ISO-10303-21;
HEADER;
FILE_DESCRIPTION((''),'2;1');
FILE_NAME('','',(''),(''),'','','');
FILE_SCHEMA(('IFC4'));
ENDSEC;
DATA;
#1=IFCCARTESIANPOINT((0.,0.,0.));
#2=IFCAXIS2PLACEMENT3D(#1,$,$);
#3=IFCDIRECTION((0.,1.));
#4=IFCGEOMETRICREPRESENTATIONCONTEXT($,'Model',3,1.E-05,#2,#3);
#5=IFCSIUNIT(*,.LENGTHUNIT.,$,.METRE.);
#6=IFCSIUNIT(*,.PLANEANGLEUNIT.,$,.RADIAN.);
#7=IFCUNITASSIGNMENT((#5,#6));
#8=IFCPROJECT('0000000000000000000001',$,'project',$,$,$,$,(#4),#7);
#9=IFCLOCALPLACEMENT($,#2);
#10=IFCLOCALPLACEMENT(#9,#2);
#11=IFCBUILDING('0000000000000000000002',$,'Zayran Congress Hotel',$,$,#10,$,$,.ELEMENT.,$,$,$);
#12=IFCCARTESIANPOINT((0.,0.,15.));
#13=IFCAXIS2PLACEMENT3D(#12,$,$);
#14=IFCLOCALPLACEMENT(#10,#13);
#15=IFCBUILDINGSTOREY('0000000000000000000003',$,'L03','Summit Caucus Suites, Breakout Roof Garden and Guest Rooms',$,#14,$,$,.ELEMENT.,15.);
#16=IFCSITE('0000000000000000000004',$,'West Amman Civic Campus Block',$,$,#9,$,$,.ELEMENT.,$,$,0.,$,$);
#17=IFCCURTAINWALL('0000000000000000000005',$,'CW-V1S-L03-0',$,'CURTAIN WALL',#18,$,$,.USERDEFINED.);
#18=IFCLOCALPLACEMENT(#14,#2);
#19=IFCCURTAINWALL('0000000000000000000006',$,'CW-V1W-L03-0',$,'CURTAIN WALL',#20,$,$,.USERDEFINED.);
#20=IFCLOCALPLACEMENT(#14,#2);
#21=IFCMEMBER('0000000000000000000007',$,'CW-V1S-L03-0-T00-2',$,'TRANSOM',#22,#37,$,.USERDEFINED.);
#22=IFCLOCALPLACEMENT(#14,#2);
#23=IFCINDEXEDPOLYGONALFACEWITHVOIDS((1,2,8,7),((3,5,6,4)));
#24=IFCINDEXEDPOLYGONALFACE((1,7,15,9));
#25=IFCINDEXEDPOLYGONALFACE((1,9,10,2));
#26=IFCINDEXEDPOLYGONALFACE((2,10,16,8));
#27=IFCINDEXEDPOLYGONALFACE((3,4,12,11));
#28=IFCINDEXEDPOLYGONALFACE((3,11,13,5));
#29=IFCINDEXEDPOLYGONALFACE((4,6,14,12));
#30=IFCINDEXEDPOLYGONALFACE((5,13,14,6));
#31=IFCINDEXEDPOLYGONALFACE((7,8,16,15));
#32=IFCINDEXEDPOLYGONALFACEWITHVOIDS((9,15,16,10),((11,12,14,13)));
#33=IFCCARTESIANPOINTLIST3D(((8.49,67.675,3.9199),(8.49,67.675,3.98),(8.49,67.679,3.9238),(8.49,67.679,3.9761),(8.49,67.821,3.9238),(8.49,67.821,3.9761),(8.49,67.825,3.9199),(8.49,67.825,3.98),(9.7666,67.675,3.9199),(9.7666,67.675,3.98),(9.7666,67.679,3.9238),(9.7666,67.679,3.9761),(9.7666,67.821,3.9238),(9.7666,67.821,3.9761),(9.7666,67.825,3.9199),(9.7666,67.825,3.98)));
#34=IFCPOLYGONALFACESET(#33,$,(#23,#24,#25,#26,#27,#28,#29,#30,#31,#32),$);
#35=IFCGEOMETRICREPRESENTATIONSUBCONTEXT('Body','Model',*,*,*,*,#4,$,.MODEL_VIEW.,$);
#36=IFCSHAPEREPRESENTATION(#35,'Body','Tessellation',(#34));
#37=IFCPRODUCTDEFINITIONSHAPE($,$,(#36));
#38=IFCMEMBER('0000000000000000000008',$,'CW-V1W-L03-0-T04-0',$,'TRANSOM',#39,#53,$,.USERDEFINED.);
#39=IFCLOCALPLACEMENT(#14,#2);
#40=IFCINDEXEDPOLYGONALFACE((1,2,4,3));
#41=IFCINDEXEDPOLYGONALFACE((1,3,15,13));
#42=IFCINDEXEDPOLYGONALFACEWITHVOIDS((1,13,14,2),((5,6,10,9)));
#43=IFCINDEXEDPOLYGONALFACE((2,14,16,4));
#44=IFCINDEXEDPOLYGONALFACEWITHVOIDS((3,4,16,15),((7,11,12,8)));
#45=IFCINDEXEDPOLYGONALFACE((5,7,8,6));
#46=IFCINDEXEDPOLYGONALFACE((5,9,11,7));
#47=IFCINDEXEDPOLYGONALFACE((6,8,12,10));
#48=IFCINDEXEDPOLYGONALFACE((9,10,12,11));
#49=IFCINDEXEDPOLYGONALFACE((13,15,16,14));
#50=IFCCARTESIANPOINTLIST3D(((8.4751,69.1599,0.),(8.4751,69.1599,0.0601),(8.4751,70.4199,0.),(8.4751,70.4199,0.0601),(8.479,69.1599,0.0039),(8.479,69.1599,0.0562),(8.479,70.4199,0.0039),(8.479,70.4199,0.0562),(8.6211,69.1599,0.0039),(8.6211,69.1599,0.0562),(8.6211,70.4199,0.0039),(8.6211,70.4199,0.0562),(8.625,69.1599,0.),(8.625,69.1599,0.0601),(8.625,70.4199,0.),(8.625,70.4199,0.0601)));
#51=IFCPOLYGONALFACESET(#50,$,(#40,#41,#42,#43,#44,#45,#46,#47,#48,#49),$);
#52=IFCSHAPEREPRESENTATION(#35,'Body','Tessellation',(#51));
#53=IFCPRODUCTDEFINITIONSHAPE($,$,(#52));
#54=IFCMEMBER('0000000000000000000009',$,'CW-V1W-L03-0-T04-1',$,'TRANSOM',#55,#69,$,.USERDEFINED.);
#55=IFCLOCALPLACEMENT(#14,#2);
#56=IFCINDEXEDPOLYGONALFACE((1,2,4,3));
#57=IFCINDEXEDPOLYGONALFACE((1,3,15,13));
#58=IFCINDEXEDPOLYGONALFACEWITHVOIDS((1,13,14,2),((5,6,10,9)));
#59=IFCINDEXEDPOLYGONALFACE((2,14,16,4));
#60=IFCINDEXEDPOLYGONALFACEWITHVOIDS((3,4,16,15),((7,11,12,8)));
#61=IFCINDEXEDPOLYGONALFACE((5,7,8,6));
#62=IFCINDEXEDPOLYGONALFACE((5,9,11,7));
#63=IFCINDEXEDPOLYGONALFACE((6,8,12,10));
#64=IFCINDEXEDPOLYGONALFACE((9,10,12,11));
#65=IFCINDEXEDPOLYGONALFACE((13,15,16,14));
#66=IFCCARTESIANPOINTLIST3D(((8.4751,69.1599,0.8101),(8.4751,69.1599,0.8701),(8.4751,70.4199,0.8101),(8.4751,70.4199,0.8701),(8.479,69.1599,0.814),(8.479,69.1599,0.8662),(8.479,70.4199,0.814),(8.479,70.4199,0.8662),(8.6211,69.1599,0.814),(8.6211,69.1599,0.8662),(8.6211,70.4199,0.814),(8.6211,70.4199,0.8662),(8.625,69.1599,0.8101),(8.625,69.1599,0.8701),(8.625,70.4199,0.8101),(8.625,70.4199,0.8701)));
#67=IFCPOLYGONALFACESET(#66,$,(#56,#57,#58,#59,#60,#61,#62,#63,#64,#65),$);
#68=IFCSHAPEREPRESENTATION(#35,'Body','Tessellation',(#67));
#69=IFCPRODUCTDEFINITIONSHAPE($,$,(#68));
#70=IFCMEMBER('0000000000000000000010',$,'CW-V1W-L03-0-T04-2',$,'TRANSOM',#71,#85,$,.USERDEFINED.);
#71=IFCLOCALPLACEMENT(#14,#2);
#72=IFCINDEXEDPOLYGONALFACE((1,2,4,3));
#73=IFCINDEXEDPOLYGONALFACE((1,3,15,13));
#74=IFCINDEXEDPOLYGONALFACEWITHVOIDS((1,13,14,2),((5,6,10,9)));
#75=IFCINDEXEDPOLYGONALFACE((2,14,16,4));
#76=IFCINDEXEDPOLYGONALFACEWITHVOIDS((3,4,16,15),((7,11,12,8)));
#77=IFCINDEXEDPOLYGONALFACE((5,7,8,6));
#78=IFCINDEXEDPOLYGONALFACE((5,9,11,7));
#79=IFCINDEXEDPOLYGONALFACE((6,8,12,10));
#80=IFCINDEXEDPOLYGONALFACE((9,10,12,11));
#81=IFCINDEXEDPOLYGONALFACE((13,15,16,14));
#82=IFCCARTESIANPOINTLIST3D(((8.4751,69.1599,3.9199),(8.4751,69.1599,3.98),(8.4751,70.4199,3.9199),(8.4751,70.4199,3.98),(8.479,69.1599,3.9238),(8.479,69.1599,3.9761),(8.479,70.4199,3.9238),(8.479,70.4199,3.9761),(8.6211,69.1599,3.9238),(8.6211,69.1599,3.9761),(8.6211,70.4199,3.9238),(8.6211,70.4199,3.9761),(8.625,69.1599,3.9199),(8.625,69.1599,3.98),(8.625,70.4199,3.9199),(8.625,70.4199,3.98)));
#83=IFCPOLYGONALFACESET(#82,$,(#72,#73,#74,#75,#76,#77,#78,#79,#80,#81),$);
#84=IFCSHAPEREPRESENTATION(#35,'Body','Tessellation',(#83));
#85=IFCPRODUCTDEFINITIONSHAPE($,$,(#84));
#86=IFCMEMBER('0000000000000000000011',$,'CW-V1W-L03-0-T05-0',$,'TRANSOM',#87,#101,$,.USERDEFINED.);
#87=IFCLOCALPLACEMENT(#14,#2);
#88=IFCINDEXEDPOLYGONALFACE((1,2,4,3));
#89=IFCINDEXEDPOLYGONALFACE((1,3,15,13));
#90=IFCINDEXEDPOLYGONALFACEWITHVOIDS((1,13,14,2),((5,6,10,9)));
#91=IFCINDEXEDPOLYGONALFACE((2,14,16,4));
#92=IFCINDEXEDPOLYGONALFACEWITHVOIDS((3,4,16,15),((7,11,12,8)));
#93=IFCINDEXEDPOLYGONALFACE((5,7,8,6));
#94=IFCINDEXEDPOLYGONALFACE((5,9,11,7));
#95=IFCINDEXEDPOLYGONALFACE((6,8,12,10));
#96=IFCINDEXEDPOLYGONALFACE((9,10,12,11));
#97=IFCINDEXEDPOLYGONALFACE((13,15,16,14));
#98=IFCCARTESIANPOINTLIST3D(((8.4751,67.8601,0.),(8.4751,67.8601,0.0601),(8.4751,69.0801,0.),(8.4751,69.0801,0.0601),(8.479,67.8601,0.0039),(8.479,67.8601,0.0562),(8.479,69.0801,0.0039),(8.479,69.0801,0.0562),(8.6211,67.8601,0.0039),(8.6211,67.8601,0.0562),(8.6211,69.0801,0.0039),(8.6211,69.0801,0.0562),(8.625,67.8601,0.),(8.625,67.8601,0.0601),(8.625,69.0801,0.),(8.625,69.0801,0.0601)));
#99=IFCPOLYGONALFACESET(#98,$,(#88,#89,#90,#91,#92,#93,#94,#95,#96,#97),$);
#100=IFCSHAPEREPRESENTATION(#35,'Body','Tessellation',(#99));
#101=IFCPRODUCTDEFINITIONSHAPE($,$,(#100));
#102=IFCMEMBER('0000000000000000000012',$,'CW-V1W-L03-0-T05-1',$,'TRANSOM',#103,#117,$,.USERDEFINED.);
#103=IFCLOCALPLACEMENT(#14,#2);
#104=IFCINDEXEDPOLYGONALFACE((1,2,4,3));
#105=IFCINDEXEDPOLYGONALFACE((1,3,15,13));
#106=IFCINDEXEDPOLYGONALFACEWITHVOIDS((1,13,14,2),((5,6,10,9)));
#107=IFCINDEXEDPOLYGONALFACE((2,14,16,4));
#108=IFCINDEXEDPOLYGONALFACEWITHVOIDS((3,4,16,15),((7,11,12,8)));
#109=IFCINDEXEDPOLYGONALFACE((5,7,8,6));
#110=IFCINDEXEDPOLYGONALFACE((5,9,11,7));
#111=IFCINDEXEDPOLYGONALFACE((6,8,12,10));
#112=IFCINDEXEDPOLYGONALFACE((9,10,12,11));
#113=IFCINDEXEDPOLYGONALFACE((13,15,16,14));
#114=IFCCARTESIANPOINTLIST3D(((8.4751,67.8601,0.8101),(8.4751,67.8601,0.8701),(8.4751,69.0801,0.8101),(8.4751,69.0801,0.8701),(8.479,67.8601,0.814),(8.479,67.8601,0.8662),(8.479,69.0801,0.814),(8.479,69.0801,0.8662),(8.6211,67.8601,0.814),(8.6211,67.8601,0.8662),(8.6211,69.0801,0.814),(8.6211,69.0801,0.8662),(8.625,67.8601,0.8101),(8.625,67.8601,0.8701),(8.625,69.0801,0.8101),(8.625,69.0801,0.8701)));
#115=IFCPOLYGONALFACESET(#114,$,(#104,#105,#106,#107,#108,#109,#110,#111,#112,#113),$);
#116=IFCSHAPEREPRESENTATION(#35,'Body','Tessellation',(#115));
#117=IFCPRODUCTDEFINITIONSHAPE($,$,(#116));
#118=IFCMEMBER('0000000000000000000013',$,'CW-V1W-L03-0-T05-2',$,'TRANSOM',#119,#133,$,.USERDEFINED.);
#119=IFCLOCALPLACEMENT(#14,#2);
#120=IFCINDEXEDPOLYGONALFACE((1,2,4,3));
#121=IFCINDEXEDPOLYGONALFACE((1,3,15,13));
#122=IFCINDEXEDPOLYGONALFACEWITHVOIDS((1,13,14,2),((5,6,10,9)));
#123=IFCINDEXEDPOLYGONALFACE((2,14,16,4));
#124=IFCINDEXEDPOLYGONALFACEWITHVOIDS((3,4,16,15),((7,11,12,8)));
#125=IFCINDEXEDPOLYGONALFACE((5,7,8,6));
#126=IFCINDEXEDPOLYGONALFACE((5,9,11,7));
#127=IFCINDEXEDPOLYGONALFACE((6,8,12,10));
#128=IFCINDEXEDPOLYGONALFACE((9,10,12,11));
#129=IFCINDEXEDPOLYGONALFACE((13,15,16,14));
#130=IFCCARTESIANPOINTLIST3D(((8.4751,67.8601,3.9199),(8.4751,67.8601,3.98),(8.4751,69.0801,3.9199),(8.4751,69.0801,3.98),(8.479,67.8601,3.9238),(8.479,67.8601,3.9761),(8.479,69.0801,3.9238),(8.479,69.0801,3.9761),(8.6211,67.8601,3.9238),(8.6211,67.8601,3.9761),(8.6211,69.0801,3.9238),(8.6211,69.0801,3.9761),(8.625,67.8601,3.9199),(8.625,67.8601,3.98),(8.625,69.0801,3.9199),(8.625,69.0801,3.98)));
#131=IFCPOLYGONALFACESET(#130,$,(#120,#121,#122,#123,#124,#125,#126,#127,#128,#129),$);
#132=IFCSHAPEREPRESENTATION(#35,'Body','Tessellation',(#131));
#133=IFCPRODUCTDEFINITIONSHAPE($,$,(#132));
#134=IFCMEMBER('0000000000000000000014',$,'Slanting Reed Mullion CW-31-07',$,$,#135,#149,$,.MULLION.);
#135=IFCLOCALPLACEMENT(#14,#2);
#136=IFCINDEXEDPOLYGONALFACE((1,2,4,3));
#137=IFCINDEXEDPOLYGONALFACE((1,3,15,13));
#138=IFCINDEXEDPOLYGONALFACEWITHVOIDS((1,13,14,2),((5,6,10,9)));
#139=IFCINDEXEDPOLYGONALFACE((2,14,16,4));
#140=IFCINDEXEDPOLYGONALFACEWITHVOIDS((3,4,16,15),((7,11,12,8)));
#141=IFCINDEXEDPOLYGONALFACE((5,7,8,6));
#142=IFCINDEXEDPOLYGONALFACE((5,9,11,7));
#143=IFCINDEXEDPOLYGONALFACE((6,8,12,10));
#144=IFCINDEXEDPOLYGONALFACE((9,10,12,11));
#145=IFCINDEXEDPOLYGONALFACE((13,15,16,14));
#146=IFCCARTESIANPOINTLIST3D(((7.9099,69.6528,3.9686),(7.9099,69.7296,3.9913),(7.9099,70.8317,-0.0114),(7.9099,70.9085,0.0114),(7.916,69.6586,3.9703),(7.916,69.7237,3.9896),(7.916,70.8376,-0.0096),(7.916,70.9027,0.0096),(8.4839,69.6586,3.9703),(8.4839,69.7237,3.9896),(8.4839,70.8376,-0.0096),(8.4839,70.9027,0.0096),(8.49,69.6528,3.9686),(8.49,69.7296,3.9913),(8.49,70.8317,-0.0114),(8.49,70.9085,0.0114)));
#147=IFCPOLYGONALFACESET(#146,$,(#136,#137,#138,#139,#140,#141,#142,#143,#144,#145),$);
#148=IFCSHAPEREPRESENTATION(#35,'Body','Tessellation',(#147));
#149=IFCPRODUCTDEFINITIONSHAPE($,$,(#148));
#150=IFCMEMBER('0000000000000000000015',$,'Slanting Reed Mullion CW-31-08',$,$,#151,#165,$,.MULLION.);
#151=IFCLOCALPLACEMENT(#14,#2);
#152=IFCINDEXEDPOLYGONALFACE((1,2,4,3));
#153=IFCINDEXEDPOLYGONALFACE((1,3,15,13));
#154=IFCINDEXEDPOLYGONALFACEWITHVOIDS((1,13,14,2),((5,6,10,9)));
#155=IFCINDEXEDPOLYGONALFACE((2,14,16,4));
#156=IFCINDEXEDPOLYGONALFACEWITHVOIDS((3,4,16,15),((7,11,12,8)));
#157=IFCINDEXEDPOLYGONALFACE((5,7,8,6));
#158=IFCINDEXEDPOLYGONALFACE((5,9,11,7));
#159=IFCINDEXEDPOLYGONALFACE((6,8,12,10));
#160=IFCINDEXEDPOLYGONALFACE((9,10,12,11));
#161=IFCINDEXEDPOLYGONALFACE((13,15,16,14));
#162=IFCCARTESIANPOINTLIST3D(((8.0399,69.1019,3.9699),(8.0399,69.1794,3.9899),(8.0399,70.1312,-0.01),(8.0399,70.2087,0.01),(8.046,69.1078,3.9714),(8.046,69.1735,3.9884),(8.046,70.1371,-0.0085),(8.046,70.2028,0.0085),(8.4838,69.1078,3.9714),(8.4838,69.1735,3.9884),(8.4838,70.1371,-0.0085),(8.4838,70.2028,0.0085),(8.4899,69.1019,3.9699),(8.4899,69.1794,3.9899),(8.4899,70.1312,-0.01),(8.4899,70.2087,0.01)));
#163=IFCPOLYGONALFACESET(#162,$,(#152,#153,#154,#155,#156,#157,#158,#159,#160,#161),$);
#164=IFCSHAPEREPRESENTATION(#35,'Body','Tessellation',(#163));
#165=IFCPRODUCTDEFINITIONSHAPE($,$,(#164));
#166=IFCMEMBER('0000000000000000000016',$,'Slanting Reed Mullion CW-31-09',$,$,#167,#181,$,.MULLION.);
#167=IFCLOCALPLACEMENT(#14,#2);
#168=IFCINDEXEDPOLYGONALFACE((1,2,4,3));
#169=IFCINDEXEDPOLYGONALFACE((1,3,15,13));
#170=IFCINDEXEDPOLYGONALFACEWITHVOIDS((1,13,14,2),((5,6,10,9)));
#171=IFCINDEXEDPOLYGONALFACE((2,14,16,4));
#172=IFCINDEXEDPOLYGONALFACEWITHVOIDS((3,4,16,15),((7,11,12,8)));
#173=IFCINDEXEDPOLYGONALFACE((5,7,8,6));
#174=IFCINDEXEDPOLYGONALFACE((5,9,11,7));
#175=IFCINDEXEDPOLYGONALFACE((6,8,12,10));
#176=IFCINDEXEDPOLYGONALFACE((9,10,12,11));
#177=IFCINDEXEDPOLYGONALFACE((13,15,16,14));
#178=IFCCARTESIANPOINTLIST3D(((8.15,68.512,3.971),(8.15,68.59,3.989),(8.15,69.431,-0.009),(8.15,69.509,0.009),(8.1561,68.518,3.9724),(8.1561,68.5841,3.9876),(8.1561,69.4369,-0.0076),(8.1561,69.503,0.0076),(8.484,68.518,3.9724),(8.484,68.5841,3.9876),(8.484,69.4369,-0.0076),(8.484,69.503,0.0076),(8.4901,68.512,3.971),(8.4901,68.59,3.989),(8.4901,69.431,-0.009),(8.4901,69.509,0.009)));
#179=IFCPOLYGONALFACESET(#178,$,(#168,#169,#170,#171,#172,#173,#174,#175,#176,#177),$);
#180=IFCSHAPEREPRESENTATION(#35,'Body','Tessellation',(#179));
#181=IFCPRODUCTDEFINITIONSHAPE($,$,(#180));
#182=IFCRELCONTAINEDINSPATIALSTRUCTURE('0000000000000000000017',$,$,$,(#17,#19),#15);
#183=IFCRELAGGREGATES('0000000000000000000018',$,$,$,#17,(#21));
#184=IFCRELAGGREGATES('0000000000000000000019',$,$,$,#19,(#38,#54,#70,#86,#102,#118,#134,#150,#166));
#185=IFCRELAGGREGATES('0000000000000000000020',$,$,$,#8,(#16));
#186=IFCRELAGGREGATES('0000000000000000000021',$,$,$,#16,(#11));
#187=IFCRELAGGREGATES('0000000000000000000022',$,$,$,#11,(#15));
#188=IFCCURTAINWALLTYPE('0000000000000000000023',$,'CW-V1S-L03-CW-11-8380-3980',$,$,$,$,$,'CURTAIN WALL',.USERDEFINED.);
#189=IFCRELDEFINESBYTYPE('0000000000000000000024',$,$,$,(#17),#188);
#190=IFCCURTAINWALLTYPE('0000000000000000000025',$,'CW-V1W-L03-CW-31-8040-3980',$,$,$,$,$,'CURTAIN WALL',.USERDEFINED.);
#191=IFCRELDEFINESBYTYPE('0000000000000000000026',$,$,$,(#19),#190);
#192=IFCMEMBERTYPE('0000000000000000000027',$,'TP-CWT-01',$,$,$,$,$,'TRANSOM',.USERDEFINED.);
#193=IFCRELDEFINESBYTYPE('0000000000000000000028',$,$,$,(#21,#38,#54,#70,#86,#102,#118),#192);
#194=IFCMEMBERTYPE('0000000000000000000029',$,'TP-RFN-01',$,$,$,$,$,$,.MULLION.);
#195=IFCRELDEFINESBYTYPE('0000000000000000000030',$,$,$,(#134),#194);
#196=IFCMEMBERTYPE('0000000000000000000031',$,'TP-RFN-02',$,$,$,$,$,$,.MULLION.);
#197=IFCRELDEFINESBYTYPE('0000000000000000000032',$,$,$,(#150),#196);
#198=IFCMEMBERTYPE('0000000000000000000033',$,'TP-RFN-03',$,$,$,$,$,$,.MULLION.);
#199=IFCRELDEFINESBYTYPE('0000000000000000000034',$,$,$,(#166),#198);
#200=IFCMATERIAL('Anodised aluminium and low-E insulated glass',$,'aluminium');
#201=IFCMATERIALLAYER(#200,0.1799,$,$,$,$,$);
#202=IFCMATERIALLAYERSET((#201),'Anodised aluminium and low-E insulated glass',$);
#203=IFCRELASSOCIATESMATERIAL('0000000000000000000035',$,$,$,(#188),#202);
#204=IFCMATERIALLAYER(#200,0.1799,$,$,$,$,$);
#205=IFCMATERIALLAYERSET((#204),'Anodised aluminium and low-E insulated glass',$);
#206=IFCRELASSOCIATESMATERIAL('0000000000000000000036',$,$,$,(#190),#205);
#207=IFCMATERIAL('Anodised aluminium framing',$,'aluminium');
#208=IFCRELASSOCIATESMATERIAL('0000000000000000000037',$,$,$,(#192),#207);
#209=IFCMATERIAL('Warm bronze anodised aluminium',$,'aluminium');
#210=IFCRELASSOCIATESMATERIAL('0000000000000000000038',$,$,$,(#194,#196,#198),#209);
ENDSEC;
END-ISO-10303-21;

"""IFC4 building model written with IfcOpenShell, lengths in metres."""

from ifc_helpers import new_model, si_unit, direction, frame, origin, origin_2d, place, context, subcontext, project, spatial, hollow_rectangle, extrude, material, layer, layer_set, material_profile, profile_set, type_object, element, aggregate, save


model = new_model("IFC4")

# Units and contexts
model_context = context("Model", 3, precision=1e-05, world=origin(), true_north=direction((0.0, 1.0)))
body_context = subcontext(model_context, "Body", "Model", "MODEL_VIEW")
ifc_project = project(units=[si_unit("LENGTHUNIT", "METRE"), si_unit("PLANEANGLEUNIT", "RADIAN")], contexts=[model_context])

# Site, building, storey
site_placement = place(None, origin())
site = spatial("IfcSite", under=ifc_project, at=site_placement, Name="West Amman Civic Campus Block", CompositionType="ELEMENT", RefElevation=0.0)
building_placement = place(site_placement, origin())
building = spatial("IfcBuilding", under=site, at=building_placement, Name="Zayran Congress Hotel", CompositionType="ELEMENT")
storey_placement = place(building_placement, frame((0.0, 0.0, 15.0)))
storey = spatial("IfcBuildingStorey", under=building, at=storey_placement, Name="L03", Description="Summit Caucus Suites, Breakout Roof Garden and Guest Rooms", CompositionType="ELEMENT", Elevation=15.0)

# Curtain walls
ifc_material_1 = material(Name="Anodised aluminium and low-E insulated glass", Category="aluminium")
ifc_layer_1 = layer(ifc_material_1, 0.1799)
ifc_layer_set_1 = layer_set([ifc_layer_1], Name="Anodised aluminium and low-E insulated glass")
curtain_wall_type_1 = type_object("IfcCurtainWallType", Name="CW-V1S-L03-CW-11-8380-3980", ElementType="CURTAIN WALL", PredefinedType="USERDEFINED", material=ifc_layer_set_1)
curtain_wall_1_placement = place(storey_placement, origin())
curtain_wall_1 = element("IfcCurtainWall", 1, at=curtain_wall_1_placement, inside=storey, type_object=curtain_wall_type_1, Name="CW-V1S-L03-0", ObjectType="CURTAIN WALL", PredefinedType="USERDEFINED")
ifc_material_2 = material(Name="Anodised aluminium framing", Category="aluminium")
ifc_layer_2 = layer(ifc_material_1, 0.1799)
ifc_layer_set_2 = layer_set([ifc_layer_2], Name="Anodised aluminium and low-E insulated glass")
curtain_wall_type_2 = type_object("IfcCurtainWallType", Name="CW-V1W-L03-CW-31-8040-3980", ElementType="CURTAIN WALL", PredefinedType="USERDEFINED", material=ifc_layer_set_2)
curtain_wall_2_placement = place(storey_placement, origin())
curtain_wall_2 = element("IfcCurtainWall", 2, at=curtain_wall_2_placement, inside=storey, type_object=curtain_wall_type_2, Name="CW-V1W-L03-0", ObjectType="CURTAIN WALL", PredefinedType="USERDEFINED")

# Members
ifc_material_profile_1 = material_profile(ifc_material_2, hollow_rectangle(XDim=0.0601, YDim=0.1499, WallThickness=0.0039, at=origin_2d()), Name="RHS 150x60x4")
ifc_profile_set_1 = profile_set([ifc_material_profile_1], Name="Anodised aluminium framing")
member_type_1 = type_object("IfcMemberType", Name="TP-CWT-01", ElementType="TRANSOM", PredefinedType="USERDEFINED", material=ifc_profile_set_1)
member_1_placement = place(storey_placement, frame((8.49, 67.75, 3.95), z_axis=(1.0, 0.0, 0.0), x_axis=(0.0, 0.0, 1.0)))
member_1 = element("IfcMember", 3, at=member_1_placement, type_object=member_type_1, Name="CW-V1S-L03-0-T00-2", ObjectType="TRANSOM", PredefinedType="USERDEFINED", context=body_context, shape_type="SweptSolid", body=[
    extrude(hollow_rectangle(XDim=0.0601, YDim=0.1499, WallThickness=0.0039, at=origin_2d()), origin(), (0.0, 0.0, 1.0), 1.2766),
])
member_2_placement = place(storey_placement, frame((8.55, 70.4199, 0.03), z_axis=(0.0, -1.0, 0.0), x_axis=(0.0, 0.0, 1.0)))
member_2 = element("IfcMember", 4, at=member_2_placement, type_object=member_type_1, Name="CW-V1W-L03-0-T04-0", ObjectType="TRANSOM", PredefinedType="USERDEFINED", context=body_context, shape_type="SweptSolid", body=[
    extrude(hollow_rectangle(XDim=0.0601, YDim=0.1499, WallThickness=0.0039, at=origin_2d()), origin(), (0.0, 0.0, 1.0), 1.26),
])
member_3_placement = place(storey_placement, frame((8.55, 70.4199, 0.8401), z_axis=(0.0, -1.0, 0.0), x_axis=(0.0, 0.0, 1.0)))
member_3 = element("IfcMember", 5, at=member_3_placement, type_object=member_type_1, Name="CW-V1W-L03-0-T04-1", ObjectType="TRANSOM", PredefinedType="USERDEFINED", context=body_context, shape_type="SweptSolid", body=[
    extrude(hollow_rectangle(XDim=0.0601, YDim=0.1499, WallThickness=0.0039, at=origin_2d()), origin(), (0.0, 0.0, 1.0), 1.26),
])
member_4_placement = place(storey_placement, frame((8.55, 70.4199, 3.95), z_axis=(0.0, -1.0, 0.0), x_axis=(0.0, 0.0, 1.0)))
member_4 = element("IfcMember", 6, at=member_4_placement, type_object=member_type_1, Name="CW-V1W-L03-0-T04-2", ObjectType="TRANSOM", PredefinedType="USERDEFINED", context=body_context, shape_type="SweptSolid", body=[
    extrude(hollow_rectangle(XDim=0.0601, YDim=0.1499, WallThickness=0.0039, at=origin_2d()), origin(), (0.0, 0.0, 1.0), 1.26),
])
member_5_placement = place(storey_placement, frame((8.55, 69.0801, 0.03), z_axis=(0.0, -1.0, 0.0), x_axis=(0.0, 0.0, 1.0)))
member_5 = element("IfcMember", 7, at=member_5_placement, type_object=member_type_1, Name="CW-V1W-L03-0-T05-0", ObjectType="TRANSOM", PredefinedType="USERDEFINED", context=body_context, shape_type="SweptSolid", body=[
    extrude(hollow_rectangle(XDim=0.0601, YDim=0.1499, WallThickness=0.0039, at=origin_2d()), origin(), (0.0, 0.0, 1.0), 1.22),
])
member_6_placement = place(storey_placement, frame((8.55, 69.0801, 0.8401), z_axis=(0.0, -1.0, 0.0), x_axis=(0.0, 0.0, 1.0)))
member_6 = element("IfcMember", 8, at=member_6_placement, type_object=member_type_1, Name="CW-V1W-L03-0-T05-1", ObjectType="TRANSOM", PredefinedType="USERDEFINED", context=body_context, shape_type="SweptSolid", body=[
    extrude(hollow_rectangle(XDim=0.0601, YDim=0.1499, WallThickness=0.0039, at=origin_2d()), origin(), (0.0, 0.0, 1.0), 1.22),
])
member_7_placement = place(storey_placement, frame((8.55, 69.0801, 3.95), z_axis=(0.0, -1.0, 0.0), x_axis=(0.0, 0.0, 1.0)))
member_7 = element("IfcMember", 9, at=member_7_placement, type_object=member_type_1, Name="CW-V1W-L03-0-T05-2", ObjectType="TRANSOM", PredefinedType="USERDEFINED", context=body_context, shape_type="SweptSolid", body=[
    extrude(hollow_rectangle(XDim=0.0601, YDim=0.1499, WallThickness=0.0039, at=origin_2d()), origin(), (0.0, 0.0, 1.0), 1.22),
])
ifc_material_3 = material(Name="Warm bronze anodised aluminium", Category="aluminium")
ifc_material_profile_2 = material_profile(ifc_material_3, hollow_rectangle(XDim=0.0801, YDim=0.5801, WallThickness=0.0061, at=origin_2d()), Name="RHS 580x80x6")
ifc_profile_set_2 = profile_set([ifc_material_profile_2], Name="Warm bronze anodised aluminium")
member_type_2 = type_object("IfcMemberType", Name="TP-RFN-01", PredefinedType="MULLION", material=ifc_profile_set_2)
member_8_placement = place(storey_placement, frame((8.2, 70.8701, 0.0), z_axis=(0.0, -0.284022, 0.958818), x_axis=(0.0, 0.958818, 0.284022)))
member_8 = element("IfcMember", 10, at=member_8_placement, type_object=member_type_2, Name="Slanting Reed Mullion CW-31-07", PredefinedType="MULLION", context=body_context, shape_type="SweptSolid", body=[
    extrude(hollow_rectangle(XDim=0.0801, YDim=0.5801, WallThickness=0.0061, at=origin_2d()), origin(), (0.0, 0.0, 1.0), 4.1509),
])
ifc_material_profile_3 = material_profile(ifc_material_3, hollow_rectangle(XDim=0.0801, YDim=0.45, WallThickness=0.0061, at=origin_2d()), Name="RHS 450x80x6")
ifc_profile_set_3 = profile_set([ifc_material_profile_3], Name="Warm bronze anodised aluminium")
member_type_3 = type_object("IfcMemberType", Name="TP-RFN-02", PredefinedType="MULLION", material=ifc_profile_set_3)
member_9_placement = place(storey_placement, frame((8.2649, 70.1699, 0.0), z_axis=(0.0, -0.250381, 0.968147), x_axis=(0.0, 0.968147, 0.250381)))
member_9 = element("IfcMember", 11, at=member_9_placement, type_object=member_type_3, Name="Slanting Reed Mullion CW-31-08", PredefinedType="MULLION", context=body_context, shape_type="SweptSolid", body=[
    extrude(hollow_rectangle(XDim=0.0801, YDim=0.45, WallThickness=0.0061, at=origin_2d()), origin(), (0.0, 0.0, 1.0), 4.1108),
])
ifc_material_profile_4 = material_profile(ifc_material_3, hollow_rectangle(XDim=0.0801, YDim=0.3401, WallThickness=0.0061, at=origin_2d()), Name="RHS 340x80x6")
ifc_profile_set_4 = profile_set([ifc_material_profile_4], Name="Warm bronze anodised aluminium")
member_type_4 = type_object("IfcMemberType", Name="TP-RFN-03", PredefinedType="MULLION", material=ifc_profile_set_4)
member_10_placement = place(storey_placement, frame((8.3201, 69.47, 0.0), z_axis=(0.0, -0.224973, 0.974365), x_axis=(0.0, 0.974365, 0.224973)))
member_10 = element("IfcMember", 12, at=member_10_placement, type_object=member_type_4, Name="Slanting Reed Mullion CW-31-09", PredefinedType="MULLION", context=body_context, shape_type="SweptSolid", body=[
    extrude(hollow_rectangle(XDim=0.0801, YDim=0.3401, WallThickness=0.0061, at=origin_2d()), origin(), (0.0, 0.0, 1.0), 4.0847),
])

aggregate(curtain_wall_1, [member_1])
aggregate(curtain_wall_2, [member_2, member_3, member_4, member_5, member_6, member_7, member_8, member_9, member_10])

save(model, "model.ifc")
